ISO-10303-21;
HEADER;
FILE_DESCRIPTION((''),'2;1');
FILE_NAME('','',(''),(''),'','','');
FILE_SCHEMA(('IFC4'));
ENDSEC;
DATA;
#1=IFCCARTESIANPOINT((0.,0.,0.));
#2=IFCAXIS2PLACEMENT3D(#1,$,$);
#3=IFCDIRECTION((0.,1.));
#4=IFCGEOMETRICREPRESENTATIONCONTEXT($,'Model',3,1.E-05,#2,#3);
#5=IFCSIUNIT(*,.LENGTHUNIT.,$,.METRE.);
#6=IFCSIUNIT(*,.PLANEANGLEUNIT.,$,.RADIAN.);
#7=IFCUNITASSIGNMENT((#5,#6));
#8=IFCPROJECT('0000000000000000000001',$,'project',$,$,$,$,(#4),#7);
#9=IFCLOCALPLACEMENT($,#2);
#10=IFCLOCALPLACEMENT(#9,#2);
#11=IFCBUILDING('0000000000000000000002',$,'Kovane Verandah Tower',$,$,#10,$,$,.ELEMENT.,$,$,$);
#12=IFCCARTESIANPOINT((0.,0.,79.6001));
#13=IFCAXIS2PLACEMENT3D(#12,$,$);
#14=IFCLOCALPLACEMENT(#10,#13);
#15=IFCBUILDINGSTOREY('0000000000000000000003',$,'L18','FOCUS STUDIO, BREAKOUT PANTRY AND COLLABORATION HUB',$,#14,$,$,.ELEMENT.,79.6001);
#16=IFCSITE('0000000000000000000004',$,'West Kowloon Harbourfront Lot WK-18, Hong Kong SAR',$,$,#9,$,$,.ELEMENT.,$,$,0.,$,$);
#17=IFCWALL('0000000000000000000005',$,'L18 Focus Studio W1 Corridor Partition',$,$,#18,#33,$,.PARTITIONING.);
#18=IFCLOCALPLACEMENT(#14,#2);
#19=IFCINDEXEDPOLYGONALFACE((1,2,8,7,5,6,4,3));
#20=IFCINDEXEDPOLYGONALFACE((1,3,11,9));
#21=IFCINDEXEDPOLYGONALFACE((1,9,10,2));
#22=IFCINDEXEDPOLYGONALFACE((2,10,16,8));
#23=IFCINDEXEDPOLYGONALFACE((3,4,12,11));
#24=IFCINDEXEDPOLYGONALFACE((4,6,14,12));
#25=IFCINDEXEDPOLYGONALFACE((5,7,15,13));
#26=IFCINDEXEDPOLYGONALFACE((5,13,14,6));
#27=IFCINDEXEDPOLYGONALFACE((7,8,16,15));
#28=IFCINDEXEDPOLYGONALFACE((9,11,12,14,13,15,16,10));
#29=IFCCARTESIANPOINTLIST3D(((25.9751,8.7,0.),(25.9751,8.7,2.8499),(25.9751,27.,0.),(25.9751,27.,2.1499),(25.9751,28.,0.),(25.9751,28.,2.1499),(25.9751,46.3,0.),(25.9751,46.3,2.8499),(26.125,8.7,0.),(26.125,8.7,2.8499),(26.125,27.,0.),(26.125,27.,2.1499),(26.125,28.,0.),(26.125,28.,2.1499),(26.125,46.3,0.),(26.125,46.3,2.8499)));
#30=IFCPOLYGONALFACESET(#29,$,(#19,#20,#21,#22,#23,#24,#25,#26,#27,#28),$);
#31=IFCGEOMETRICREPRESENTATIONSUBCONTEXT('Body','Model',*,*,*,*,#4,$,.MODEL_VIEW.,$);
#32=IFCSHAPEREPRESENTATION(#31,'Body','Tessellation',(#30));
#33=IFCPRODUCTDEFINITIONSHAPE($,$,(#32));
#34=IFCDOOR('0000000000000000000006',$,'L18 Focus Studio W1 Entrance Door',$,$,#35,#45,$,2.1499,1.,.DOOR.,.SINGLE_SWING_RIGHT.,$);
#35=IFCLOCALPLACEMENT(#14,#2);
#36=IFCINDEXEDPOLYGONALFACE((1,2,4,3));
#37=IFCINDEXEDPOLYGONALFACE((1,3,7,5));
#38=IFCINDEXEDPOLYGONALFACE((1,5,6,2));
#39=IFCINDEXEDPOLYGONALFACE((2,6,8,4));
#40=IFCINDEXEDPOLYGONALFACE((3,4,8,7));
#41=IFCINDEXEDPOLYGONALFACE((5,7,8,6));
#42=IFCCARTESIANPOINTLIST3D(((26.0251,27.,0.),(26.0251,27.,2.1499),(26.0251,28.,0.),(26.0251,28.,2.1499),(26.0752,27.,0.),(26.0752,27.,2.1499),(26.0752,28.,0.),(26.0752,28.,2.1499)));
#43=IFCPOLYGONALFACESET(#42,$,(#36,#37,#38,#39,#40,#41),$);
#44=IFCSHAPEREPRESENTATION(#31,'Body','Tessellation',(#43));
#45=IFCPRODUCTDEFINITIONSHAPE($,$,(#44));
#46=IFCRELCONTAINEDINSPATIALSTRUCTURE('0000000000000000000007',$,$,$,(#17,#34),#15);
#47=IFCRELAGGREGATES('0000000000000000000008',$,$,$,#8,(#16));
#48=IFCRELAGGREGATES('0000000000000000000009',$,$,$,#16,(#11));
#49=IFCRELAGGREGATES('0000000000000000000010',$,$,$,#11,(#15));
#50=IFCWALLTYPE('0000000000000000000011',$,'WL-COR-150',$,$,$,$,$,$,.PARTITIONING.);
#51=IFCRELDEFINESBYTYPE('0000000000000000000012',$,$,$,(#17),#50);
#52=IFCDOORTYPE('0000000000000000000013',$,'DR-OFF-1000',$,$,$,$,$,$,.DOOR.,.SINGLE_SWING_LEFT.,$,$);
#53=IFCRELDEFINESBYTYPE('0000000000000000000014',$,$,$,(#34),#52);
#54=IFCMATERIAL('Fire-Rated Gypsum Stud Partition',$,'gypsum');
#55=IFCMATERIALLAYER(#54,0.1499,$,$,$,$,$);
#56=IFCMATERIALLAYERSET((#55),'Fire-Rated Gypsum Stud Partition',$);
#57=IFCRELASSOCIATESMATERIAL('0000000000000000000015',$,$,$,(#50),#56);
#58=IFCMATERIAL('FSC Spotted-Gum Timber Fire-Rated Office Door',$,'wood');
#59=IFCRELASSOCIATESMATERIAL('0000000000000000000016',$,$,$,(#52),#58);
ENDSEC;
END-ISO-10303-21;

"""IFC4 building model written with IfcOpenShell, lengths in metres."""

from ifc_helpers import new_model, si_unit, direction, frame, frame_2d, origin, place, context, subcontext, project, spatial, rectangle, extrude, material, layer, layer_set, type_object, element, fill, save


model = new_model("IFC4")

# Units and contexts
model_context = context("Model", 3, precision=1e-05, world=origin(), true_north=direction((0.0, 1.0)))
body_context = subcontext(model_context, "Body", "Model", "MODEL_VIEW")
ifc_project = project(units=[si_unit("LENGTHUNIT", "METRE"), si_unit("PLANEANGLEUNIT", "RADIAN")], contexts=[model_context])

# Site, building, storey
site_placement = place(None, origin())
site = spatial("IfcSite", under=ifc_project, at=site_placement, Name="West Kowloon Harbourfront Lot WK-18, Hong Kong SAR", CompositionType="ELEMENT", RefElevation=0.0)
building_placement = place(site_placement, origin())
building = spatial("IfcBuilding", under=site, at=building_placement, Name="Kovane Verandah Tower", CompositionType="ELEMENT")
storey_placement = place(building_placement, frame((0.0, 0.0, 79.6001)))
storey = spatial("IfcBuildingStorey", under=building, at=storey_placement, Name="L18", Description="FOCUS STUDIO, BREAKOUT PANTRY AND COLLABORATION HUB", CompositionType="ELEMENT", Elevation=79.6001)

# Wall, opening, door
ifc_material_1 = material(Name="Fire-Rated Gypsum Stud Partition", Category="gypsum")
ifc_layer_1 = layer(ifc_material_1, 0.1499)
ifc_layer_set_1 = layer_set([ifc_layer_1], Name="Fire-Rated Gypsum Stud Partition")
wall_type = type_object("IfcWallType", Name="WL-COR-150", PredefinedType="PARTITIONING", material=ifc_layer_set_1)
ifc_material_2 = material(Name="FSC Spotted-Gum Timber Fire-Rated Office Door", Category="wood")
door_type = type_object("IfcDoorType", Name="DR-OFF-1000", OperationType="SINGLE_SWING_LEFT", PredefinedType="DOOR", material=ifc_material_2)
wall_1_placement = place(storey_placement, frame((26.05, 8.7, 0.0), z_axis=(0.0, 0.0, 1.0), x_axis=(0.0, 1.0, 0.0)))
wall_1 = element("IfcWall", 1, at=wall_1_placement, inside=storey, type_object=wall_type, Name="L18 Focus Studio W1 Corridor Partition", PredefinedType="PARTITIONING", context=body_context, shape_type="SweptSolid", body=[
    extrude(rectangle(XDim=37.6001, YDim=0.1499, at=frame_2d((18.8, 0.0))), origin(), (0.0, 0.0, 1.0), 2.8499),
])
opening_1_placement = place(wall_1_placement, frame((18.3, 0.0, 0.0)))
opening_1 = element("IfcOpeningElement", 2, at=opening_1_placement, cuts=wall_1, PredefinedType="OPENING", context=body_context, shape_type="SweptSolid", body=[
    extrude(rectangle(XDim=1.0, YDim=2.1499, at=frame_2d((0.5, 1.075))), frame((0.0, 0.075, 0.0), z_axis=(0.0, -1.0, 0.0), x_axis=(1.0, 0.0, 0.0)), (0.0, 0.0, 1.0), 0.1499),
])
door_1_placement = place(opening_1_placement, origin())
door_1 = element("IfcDoor", 3, at=door_1_placement, inside=storey, type_object=door_type, Name="L18 Focus Studio W1 Entrance Door", OperationType="SINGLE_SWING_RIGHT", OverallHeight=2.1499, OverallWidth=1.0, PredefinedType="DOOR", context=body_context, shape_type="SweptSolid", body=[
    extrude(rectangle(XDim=1.0, YDim=2.1499, at=frame_2d((0.5, 1.075))), frame((0.0, 0.0249, 0.0), z_axis=(0.0, -1.0, 0.0), x_axis=(1.0, 0.0, 0.0)), (0.0, 0.0, 1.0), 0.05),
])
fill(opening_1, door_1)

save(model, "model.ifc")
